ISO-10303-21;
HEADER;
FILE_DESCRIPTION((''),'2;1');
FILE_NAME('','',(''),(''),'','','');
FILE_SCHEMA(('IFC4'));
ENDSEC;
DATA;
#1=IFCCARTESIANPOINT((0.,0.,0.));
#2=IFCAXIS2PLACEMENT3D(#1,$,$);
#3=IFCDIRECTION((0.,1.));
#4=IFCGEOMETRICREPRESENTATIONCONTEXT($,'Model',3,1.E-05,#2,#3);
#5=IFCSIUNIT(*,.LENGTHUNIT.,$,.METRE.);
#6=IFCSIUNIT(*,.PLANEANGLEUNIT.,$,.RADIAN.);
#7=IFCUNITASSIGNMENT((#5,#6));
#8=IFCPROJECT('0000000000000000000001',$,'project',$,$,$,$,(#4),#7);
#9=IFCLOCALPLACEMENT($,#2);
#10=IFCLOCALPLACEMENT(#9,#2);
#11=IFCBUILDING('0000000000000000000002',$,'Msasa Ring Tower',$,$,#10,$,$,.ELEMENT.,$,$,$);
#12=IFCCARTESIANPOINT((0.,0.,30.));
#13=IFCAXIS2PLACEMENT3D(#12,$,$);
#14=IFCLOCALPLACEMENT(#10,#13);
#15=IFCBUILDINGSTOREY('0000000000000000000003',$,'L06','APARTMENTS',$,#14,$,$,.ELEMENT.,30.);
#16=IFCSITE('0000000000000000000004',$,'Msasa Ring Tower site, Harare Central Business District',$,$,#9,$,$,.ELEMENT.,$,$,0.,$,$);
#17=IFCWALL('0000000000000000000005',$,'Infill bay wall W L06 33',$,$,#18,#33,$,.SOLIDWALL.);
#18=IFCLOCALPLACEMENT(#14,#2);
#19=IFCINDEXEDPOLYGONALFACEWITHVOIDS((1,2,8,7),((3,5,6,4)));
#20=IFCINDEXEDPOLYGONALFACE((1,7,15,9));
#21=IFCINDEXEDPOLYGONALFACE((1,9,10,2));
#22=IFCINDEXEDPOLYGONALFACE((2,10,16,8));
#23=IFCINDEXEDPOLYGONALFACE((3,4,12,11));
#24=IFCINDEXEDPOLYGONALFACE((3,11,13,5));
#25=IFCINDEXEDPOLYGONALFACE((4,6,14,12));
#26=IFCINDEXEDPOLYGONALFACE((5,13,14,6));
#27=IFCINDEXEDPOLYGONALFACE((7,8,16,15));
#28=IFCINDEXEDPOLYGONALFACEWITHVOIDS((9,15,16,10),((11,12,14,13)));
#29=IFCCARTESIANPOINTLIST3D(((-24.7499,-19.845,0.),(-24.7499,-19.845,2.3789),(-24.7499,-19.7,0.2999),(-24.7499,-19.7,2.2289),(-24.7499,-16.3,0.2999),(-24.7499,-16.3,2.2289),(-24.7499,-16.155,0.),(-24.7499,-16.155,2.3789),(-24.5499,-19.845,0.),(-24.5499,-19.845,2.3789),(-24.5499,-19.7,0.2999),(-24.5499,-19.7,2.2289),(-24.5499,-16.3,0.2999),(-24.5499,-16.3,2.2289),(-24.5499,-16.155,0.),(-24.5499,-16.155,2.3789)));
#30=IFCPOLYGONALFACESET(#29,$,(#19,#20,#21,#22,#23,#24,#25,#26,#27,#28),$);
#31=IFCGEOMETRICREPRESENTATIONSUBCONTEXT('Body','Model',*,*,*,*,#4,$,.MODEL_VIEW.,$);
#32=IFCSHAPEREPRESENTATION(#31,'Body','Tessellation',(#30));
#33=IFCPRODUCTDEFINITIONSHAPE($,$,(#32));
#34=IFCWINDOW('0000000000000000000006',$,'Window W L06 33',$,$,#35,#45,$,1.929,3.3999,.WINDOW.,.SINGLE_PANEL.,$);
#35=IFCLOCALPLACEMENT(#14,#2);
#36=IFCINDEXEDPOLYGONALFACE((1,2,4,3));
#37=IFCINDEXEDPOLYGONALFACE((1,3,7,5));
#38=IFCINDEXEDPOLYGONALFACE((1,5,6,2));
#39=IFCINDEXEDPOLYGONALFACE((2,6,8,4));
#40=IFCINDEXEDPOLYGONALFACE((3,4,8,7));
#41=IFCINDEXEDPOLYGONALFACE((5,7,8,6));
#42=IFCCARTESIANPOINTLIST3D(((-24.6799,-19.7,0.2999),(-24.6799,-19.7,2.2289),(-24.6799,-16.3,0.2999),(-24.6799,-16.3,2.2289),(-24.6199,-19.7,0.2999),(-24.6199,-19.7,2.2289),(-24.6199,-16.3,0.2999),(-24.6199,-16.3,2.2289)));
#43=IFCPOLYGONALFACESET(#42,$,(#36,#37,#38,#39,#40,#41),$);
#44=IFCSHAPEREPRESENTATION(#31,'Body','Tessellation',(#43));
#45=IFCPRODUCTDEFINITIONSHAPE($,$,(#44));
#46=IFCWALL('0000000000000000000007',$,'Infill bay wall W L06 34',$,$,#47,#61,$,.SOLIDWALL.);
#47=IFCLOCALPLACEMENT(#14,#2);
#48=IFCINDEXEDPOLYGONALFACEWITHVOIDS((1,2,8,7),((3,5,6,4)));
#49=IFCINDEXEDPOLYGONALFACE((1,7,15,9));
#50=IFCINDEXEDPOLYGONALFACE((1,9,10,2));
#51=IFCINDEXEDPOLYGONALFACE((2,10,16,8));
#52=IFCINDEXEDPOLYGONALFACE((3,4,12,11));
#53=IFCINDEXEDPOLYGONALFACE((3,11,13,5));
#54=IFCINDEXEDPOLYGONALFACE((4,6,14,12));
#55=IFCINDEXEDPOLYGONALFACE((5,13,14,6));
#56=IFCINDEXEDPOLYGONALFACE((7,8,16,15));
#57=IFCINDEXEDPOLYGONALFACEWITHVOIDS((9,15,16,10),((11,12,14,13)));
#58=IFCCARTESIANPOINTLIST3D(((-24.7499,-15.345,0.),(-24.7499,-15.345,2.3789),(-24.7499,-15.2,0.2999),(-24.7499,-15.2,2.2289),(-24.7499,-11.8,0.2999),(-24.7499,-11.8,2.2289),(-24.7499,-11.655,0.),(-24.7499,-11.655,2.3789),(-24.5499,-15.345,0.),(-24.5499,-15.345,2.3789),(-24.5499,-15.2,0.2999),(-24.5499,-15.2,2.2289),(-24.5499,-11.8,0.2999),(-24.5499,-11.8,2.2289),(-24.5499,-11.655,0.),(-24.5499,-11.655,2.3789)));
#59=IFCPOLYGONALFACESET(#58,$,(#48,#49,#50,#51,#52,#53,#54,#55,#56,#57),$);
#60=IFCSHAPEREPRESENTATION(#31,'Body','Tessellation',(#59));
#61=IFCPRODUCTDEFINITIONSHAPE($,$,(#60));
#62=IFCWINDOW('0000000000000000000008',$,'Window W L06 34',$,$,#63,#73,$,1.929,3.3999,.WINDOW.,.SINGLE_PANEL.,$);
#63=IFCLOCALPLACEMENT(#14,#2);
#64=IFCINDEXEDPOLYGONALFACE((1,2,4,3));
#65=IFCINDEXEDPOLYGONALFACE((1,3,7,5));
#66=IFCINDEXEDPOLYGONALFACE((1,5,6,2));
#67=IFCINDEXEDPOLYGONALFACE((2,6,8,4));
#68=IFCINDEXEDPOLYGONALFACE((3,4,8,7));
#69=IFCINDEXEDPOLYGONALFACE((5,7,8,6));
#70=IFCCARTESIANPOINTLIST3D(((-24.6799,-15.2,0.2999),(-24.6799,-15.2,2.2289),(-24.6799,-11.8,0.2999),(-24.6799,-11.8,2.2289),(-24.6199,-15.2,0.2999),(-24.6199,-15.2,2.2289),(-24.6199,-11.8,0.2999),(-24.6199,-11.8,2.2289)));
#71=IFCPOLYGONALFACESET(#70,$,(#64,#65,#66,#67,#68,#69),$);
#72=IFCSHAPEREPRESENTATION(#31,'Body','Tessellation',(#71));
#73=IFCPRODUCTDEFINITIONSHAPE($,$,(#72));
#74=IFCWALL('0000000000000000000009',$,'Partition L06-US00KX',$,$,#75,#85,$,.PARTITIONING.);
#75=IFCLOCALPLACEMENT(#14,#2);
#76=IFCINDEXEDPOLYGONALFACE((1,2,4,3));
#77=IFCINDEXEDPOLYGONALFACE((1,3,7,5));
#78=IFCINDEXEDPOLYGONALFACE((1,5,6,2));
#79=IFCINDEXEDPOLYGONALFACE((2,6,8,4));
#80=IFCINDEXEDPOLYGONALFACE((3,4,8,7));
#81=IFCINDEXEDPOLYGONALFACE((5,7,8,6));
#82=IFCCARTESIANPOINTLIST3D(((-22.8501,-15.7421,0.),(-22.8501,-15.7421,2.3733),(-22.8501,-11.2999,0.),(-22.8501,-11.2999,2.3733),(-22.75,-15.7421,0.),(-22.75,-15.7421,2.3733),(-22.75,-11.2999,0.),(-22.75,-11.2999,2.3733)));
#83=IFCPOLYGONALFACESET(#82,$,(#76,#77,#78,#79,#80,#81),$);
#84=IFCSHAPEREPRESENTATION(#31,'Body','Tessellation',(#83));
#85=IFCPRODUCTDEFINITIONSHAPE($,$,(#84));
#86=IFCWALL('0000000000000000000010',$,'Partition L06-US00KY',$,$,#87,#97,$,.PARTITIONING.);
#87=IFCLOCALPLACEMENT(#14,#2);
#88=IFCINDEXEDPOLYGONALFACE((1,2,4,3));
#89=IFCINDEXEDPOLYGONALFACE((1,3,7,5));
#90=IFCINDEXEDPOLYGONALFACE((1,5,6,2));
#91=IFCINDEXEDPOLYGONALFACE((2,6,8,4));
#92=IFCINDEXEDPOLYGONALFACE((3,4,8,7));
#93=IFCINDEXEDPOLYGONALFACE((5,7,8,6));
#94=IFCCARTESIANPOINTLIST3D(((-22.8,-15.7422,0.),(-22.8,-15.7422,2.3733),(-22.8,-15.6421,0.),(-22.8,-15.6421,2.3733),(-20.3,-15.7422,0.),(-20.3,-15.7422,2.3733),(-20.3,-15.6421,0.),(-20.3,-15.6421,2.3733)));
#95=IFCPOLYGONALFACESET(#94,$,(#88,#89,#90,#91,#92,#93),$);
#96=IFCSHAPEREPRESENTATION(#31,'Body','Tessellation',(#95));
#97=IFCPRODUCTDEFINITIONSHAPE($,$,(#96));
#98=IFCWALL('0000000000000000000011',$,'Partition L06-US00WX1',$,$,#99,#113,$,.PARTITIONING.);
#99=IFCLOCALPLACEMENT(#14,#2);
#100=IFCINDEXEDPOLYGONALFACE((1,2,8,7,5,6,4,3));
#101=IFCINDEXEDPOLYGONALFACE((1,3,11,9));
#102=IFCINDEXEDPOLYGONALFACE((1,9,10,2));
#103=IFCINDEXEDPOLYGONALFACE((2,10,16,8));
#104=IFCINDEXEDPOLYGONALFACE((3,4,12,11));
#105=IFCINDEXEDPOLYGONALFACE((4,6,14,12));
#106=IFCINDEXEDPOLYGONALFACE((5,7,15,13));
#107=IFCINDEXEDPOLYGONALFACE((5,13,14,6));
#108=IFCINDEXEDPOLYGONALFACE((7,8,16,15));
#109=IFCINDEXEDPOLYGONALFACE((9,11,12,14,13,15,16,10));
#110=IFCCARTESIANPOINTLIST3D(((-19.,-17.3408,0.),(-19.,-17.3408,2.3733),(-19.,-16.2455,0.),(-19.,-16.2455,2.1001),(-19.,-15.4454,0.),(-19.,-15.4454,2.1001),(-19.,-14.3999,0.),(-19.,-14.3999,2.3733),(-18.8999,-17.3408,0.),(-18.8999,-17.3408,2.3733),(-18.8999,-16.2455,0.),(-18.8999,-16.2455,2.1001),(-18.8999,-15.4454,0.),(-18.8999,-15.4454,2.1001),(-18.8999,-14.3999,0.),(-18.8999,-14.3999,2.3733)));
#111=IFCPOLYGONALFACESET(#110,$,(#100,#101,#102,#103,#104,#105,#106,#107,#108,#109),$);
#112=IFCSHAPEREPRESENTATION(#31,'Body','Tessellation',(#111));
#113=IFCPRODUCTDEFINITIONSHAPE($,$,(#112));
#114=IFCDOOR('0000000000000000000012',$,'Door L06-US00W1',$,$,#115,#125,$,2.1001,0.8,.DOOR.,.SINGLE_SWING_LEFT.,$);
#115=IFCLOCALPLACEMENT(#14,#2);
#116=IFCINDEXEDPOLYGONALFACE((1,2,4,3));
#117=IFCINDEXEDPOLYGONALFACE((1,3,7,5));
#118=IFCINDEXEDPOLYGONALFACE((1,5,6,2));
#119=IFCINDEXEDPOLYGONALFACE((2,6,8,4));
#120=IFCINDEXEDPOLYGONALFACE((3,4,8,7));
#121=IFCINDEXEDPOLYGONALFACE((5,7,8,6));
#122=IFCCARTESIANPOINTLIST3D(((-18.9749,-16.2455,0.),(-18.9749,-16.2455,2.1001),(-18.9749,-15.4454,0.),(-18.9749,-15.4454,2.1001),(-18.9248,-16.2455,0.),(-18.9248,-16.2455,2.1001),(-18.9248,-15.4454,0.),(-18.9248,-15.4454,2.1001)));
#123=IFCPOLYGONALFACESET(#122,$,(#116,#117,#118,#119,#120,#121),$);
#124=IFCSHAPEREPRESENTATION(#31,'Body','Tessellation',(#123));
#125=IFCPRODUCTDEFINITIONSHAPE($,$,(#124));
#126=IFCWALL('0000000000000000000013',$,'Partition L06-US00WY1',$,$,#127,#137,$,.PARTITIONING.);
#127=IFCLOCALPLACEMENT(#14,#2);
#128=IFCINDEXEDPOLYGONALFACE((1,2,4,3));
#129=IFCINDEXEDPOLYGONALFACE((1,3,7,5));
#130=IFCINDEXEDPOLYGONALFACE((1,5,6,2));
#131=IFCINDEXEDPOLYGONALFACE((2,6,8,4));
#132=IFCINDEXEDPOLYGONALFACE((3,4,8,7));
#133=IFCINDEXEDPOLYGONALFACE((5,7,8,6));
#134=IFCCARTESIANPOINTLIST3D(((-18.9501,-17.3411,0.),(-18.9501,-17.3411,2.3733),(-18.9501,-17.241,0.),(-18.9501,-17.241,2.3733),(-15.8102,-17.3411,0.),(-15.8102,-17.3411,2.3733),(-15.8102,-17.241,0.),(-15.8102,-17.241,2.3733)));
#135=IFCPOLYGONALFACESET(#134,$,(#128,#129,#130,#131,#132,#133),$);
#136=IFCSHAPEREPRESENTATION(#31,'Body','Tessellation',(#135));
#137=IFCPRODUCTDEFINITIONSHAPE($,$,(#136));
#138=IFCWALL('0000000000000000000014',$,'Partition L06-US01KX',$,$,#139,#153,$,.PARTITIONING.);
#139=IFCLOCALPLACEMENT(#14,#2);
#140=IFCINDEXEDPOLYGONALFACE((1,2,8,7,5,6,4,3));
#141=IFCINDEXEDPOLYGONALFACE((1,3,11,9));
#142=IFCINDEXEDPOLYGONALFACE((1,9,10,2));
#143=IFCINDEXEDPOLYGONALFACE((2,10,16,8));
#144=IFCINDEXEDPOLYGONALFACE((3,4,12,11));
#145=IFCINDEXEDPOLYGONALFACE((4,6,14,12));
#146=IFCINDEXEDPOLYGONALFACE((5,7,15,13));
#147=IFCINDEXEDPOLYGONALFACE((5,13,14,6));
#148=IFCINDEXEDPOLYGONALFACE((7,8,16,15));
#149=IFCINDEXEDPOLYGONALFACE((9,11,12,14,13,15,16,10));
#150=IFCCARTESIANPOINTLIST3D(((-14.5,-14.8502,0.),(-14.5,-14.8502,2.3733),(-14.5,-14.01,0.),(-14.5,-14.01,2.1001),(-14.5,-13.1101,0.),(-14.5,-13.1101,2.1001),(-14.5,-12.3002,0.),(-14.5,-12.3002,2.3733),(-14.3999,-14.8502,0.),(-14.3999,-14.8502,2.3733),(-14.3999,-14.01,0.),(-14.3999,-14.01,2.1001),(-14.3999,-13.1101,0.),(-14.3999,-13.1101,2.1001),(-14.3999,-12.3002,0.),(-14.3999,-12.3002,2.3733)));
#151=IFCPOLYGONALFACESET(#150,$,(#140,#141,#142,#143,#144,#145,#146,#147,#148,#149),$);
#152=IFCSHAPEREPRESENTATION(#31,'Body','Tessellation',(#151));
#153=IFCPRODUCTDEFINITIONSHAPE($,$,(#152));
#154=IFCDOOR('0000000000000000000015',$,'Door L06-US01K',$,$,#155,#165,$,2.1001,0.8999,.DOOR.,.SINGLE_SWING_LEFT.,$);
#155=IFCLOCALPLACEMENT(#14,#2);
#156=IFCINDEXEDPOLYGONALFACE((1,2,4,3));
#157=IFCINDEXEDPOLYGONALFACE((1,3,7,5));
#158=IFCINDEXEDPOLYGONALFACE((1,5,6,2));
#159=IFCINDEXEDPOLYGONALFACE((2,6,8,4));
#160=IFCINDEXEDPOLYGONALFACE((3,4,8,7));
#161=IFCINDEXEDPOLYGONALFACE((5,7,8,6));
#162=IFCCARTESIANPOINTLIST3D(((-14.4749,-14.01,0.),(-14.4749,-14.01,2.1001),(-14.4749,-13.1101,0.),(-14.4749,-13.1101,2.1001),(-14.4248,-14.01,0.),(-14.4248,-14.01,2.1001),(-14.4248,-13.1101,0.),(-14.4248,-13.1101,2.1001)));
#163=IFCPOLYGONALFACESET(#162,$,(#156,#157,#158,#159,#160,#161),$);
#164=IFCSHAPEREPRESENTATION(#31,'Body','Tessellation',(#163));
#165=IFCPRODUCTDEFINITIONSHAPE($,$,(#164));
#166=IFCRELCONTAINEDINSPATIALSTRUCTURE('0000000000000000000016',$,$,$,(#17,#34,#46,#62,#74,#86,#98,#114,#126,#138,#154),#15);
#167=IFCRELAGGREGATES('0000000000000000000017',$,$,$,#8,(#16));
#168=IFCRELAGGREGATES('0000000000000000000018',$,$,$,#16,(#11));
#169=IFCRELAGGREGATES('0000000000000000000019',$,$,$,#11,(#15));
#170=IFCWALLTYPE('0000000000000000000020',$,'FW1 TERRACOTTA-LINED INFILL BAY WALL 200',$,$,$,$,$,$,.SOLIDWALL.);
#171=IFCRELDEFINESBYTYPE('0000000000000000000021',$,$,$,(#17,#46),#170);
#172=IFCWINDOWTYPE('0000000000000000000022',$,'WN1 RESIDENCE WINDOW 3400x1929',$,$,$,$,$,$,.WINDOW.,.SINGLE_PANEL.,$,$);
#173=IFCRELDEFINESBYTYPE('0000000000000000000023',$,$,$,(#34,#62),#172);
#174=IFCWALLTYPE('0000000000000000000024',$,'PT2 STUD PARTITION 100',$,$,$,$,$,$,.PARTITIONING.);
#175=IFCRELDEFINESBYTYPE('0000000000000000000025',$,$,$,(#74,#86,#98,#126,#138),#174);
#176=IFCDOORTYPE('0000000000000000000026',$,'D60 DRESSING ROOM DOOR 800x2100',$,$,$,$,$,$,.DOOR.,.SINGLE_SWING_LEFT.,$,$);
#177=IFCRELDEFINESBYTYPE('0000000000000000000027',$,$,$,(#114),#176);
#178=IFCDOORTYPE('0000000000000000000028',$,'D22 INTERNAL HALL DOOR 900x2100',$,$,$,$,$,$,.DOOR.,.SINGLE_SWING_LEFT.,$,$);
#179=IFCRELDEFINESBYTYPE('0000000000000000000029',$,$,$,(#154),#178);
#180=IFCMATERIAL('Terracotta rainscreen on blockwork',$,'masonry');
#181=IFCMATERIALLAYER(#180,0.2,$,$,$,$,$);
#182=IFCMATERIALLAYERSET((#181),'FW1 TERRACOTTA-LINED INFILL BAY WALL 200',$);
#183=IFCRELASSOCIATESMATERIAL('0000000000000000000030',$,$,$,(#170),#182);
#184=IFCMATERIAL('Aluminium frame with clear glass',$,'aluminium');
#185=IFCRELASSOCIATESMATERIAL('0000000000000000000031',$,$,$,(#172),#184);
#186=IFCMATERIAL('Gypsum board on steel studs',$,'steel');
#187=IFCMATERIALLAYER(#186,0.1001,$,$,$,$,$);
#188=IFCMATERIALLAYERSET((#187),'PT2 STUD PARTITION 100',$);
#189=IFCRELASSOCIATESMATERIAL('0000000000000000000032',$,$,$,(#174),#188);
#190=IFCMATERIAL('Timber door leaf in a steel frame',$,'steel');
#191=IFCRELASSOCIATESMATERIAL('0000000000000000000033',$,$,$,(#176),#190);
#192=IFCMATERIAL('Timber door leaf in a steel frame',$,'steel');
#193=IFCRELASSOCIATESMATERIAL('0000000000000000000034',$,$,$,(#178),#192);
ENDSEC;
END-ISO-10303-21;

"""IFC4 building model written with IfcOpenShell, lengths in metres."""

from ifc_helpers import new_model, si_unit, direction, frame, frame_2d, origin, place, context, subcontext, project, spatial, rectangle, extrude, material, layer, layer_set, type_object, element, fill, save


model = new_model("IFC4")

# Units and contexts
model_context = context("Model", 3, precision=1e-05, world=origin(), true_north=direction((0.0, 1.0)))
body_context = subcontext(model_context, "Body", "Model", "MODEL_VIEW")
ifc_project = project(units=[si_unit("LENGTHUNIT", "METRE"), si_unit("PLANEANGLEUNIT", "RADIAN")], contexts=[model_context])

# Site, building, storey
site_placement = place(None, origin())
site = spatial("IfcSite", under=ifc_project, at=site_placement, Name="Msasa Ring Tower site, Harare Central Business District", CompositionType="ELEMENT", RefElevation=0.0)
building_placement = place(site_placement, origin())
building = spatial("IfcBuilding", under=site, at=building_placement, Name="Msasa Ring Tower", CompositionType="ELEMENT")
storey_placement = place(building_placement, frame((0.0, 0.0, 30.0)))
storey = spatial("IfcBuildingStorey", under=building, at=storey_placement, Name="L06", Description="APARTMENTS", CompositionType="ELEMENT", Elevation=30.0)

# Walls, openings, windows
ifc_material_1 = material(Name="Terracotta rainscreen on blockwork", Category="masonry")
ifc_layer_1 = layer(ifc_material_1, 0.2)
ifc_layer_set_1 = layer_set([ifc_layer_1], Name="FW1 TERRACOTTA-LINED INFILL BAY WALL 200")
wall_type_1 = type_object("IfcWallType", Name="FW1 TERRACOTTA-LINED INFILL BAY WALL 200", PredefinedType="SOLIDWALL", material=ifc_layer_set_1)
wall_1_placement = place(storey_placement, frame((-24.6499, -19.845, 0.0), z_axis=(0.0, 0.0, 1.0), x_axis=(0.0, 1.0, 0.0)))
wall_1 = element("IfcWall", 1, at=wall_1_placement, inside=storey, type_object=wall_type_1, Name="Infill bay wall W L06 33", PredefinedType="SOLIDWALL", context=body_context, shape_type="SweptSolid", body=[
    extrude(rectangle(XDim=3.6899, YDim=0.2, at=frame_2d((1.845, 0.0))), origin(), (0.0, 0.0, 1.0), 2.3789),
])
opening_1_placement = place(wall_1_placement, frame((0.145, 0.0, 0.3)))
opening_1 = element("IfcOpeningElement", 2, at=opening_1_placement, cuts=wall_1, PredefinedType="OPENING", context=body_context, shape_type="SweptSolid", body=[
    extrude(rectangle(XDim=3.3999, YDim=1.929, at=frame_2d((1.7, 0.9644))), frame((0.0, 0.1099, 0.0), z_axis=(0.0, -1.0, 0.0), x_axis=(1.0, 0.0, 0.0)), (0.0, 0.0, 1.0), 0.22),
])
ifc_material_2 = material(Name="Aluminium frame with clear glass", Category="aluminium")
window_type = type_object("IfcWindowType", Name="WN1 RESIDENCE WINDOW 3400x1929", PartitioningType="SINGLE_PANEL", PredefinedType="WINDOW", material=ifc_material_2)
window_1_placement = place(opening_1_placement, origin())
window_1 = element("IfcWindow", 3, at=window_1_placement, inside=storey, type_object=window_type, Name="Window W L06 33", OverallHeight=1.929, OverallWidth=3.3999, PartitioningType="SINGLE_PANEL", PredefinedType="WINDOW", context=body_context, shape_type="SweptSolid", body=[
    extrude(rectangle(XDim=3.3999, YDim=1.929, at=frame_2d((1.7, 0.9644))), frame((0.0, 0.03, 0.0), z_axis=(0.0, -1.0, 0.0), x_axis=(1.0, 0.0, 0.0)), (0.0, 0.0, 1.0), 0.0601),
])
fill(opening_1, window_1)
wall_2_placement = place(storey_placement, frame((-24.6499, -15.345, 0.0), z_axis=(0.0, 0.0, 1.0), x_axis=(0.0, 1.0, 0.0)))
wall_2 = element("IfcWall", 4, at=wall_2_placement, inside=storey, type_object=wall_type_1, Name="Infill bay wall W L06 34", PredefinedType="SOLIDWALL", context=body_context, shape_type="SweptSolid", body=[
    extrude(rectangle(XDim=3.6899, YDim=0.2, at=frame_2d((1.845, 0.0))), origin(), (0.0, 0.0, 1.0), 2.3789),
])
opening_2_placement = place(wall_2_placement, frame((0.145, 0.0, 0.3)))
opening_2 = element("IfcOpeningElement", 5, at=opening_2_placement, cuts=wall_2, PredefinedType="OPENING", context=body_context, shape_type="SweptSolid", body=[
    extrude(rectangle(XDim=3.3999, YDim=1.929, at=frame_2d((1.7, 0.9644))), frame((0.0, 0.1099, 0.0), z_axis=(0.0, -1.0, 0.0), x_axis=(1.0, 0.0, 0.0)), (0.0, 0.0, 1.0), 0.22),
])
window_2_placement = place(opening_2_placement, origin())
window_2 = element("IfcWindow", 6, at=window_2_placement, inside=storey, type_object=window_type, Name="Window W L06 34", OverallHeight=1.929, OverallWidth=3.3999, PartitioningType="SINGLE_PANEL", PredefinedType="WINDOW", context=body_context, shape_type="SweptSolid", body=[
    extrude(rectangle(XDim=3.3999, YDim=1.929, at=frame_2d((1.7, 0.9644))), frame((0.0, 0.03, 0.0), z_axis=(0.0, -1.0, 0.0), x_axis=(1.0, 0.0, 0.0)), (0.0, 0.0, 1.0), 0.0601),
])
fill(opening_2, window_2)

# Walls
ifc_material_3 = material(Name="Gypsum board on steel studs", Category="steel")
ifc_layer_2 = layer(ifc_material_3, 0.1001)
ifc_layer_set_2 = layer_set([ifc_layer_2], Name="PT2 STUD PARTITION 100")
wall_type_2 = type_object("IfcWallType", Name="PT2 STUD PARTITION 100", PredefinedType="PARTITIONING", material=ifc_layer_set_2)
wall_3_placement = place(storey_placement, frame((-22.8, -15.7422, 0.0), z_axis=(0.0, 0.0, 1.0), x_axis=(0.0, 1.0, 0.0)))
element("IfcWall", 7, at=wall_3_placement, inside=storey, type_object=wall_type_2, Name="Partition L06-US00KX", PredefinedType="PARTITIONING", context=body_context, shape_type="SweptSolid", body=[
    extrude(rectangle(XDim=4.4421, YDim=0.1001, at=frame_2d((2.2212, 0.0))), origin(), (0.0, 0.0, 1.0), 2.3733),
])
wall_4_placement = place(storey_placement, frame((-22.8, -15.6921, 0.0), z_axis=(0.0, 0.0, 1.0), x_axis=(1.0, 0.0, 0.0)))
element("IfcWall", 8, at=wall_4_placement, inside=storey, type_object=wall_type_2, Name="Partition L06-US00KY", PredefinedType="PARTITIONING", context=body_context, shape_type="SweptSolid", body=[
    extrude(rectangle(XDim=2.5, YDim=0.1001, at=frame_2d((1.25, 0.0))), origin(), (0.0, 0.0, 1.0), 2.3733),
])

# Wall, opening, door
wall_5_placement = place(storey_placement, frame((-18.95, -17.3408, 0.0), z_axis=(0.0, 0.0, 1.0), x_axis=(0.0, 1.0, 0.0)))
wall_5 = element("IfcWall", 9, at=wall_5_placement, inside=storey, type_object=wall_type_2, Name="Partition L06-US00WX1", PredefinedType="PARTITIONING", context=body_context, shape_type="SweptSolid", body=[
    extrude(rectangle(XDim=2.9409, YDim=0.1001, at=frame_2d((1.4705, 0.0))), origin(), (0.0, 0.0, 1.0), 2.3733),
])
opening_3_placement = place(wall_5_placement, frame((1.0955, 0.0, 0.0)))
opening_3 = element("IfcOpeningElement", 10, at=opening_3_placement, cuts=wall_5, PredefinedType="OPENING", context=body_context, shape_type="SweptSolid", body=[
    extrude(rectangle(XDim=0.8, YDim=2.1001, at=frame_2d((0.3999, 1.05))), frame((0.0, 0.0601, 0.0), z_axis=(0.0, -1.0, 0.0), x_axis=(1.0, 0.0, 0.0)), (0.0, 0.0, 1.0), 0.1201),
])
ifc_material_4 = material(Name="Timber door leaf in a steel frame", Category="steel")
door_type_1 = type_object("IfcDoorType", Name="D60 DRESSING ROOM DOOR 800x2100", OperationType="SINGLE_SWING_LEFT", PredefinedType="DOOR", material=ifc_material_4)
door_1_placement = place(opening_3_placement, origin())
door_1 = element("IfcDoor", 11, at=door_1_placement, inside=storey, type_object=door_type_1, Name="Door L06-US00W1", OperationType="SINGLE_SWING_LEFT", OverallHeight=2.1001, OverallWidth=0.8, PredefinedType="DOOR", context=body_context, shape_type="SweptSolid", body=[
    extrude(rectangle(XDim=0.8, YDim=2.1001, at=frame_2d((0.3999, 1.05))), frame((0.0, 0.0249, 0.0), z_axis=(0.0, -1.0, 0.0), x_axis=(1.0, 0.0, 0.0)), (0.0, 0.0, 1.0), 0.05),
])
fill(opening_3, door_1)

# Wall
wall_6_placement = place(storey_placement, frame((-18.95, -17.291, 0.0), z_axis=(0.0, 0.0, 1.0), x_axis=(1.0, 0.0, 0.0)))
element("IfcWall", 12, at=wall_6_placement, inside=storey, type_object=wall_type_2, Name="Partition L06-US00WY1", PredefinedType="PARTITIONING", context=body_context, shape_type="SweptSolid", body=[
    extrude(rectangle(XDim=3.1399, YDim=0.1001, at=frame_2d((1.5698, 0.0))), origin(), (0.0, 0.0, 1.0), 2.3733),
])

# Wall, opening, door
wall_7_placement = place(storey_placement, frame((-14.45, -14.8501, 0.0), z_axis=(0.0, 0.0, 1.0), x_axis=(0.0, 1.0, 0.0)))
wall_7 = element("IfcWall", 13, at=wall_7_placement, inside=storey, type_object=wall_type_2, Name="Partition L06-US01KX", PredefinedType="PARTITIONING", context=body_context, shape_type="SweptSolid", body=[
    extrude(rectangle(XDim=2.55, YDim=0.1001, at=frame_2d((1.2749, 0.0))), origin(), (0.0, 0.0, 1.0), 2.3733),
])
opening_4_placement = place(wall_7_placement, frame((0.8401, 0.0, 0.0)))
opening_4 = element("IfcOpeningElement", 14, at=opening_4_placement, cuts=wall_7, PredefinedType="OPENING", context=body_context, shape_type="SweptSolid", body=[
    extrude(rectangle(XDim=0.8999, YDim=2.1001, at=frame_2d((0.45, 1.05))), frame((0.0, 0.0601, 0.0), z_axis=(0.0, -1.0, 0.0), x_axis=(1.0, 0.0, 0.0)), (0.0, 0.0, 1.0), 0.1201),
])
ifc_material_5 = material(Name="Timber door leaf in a steel frame", Category="steel")
door_type_2 = type_object("IfcDoorType", Name="D22 INTERNAL HALL DOOR 900x2100", OperationType="SINGLE_SWING_LEFT", PredefinedType="DOOR", material=ifc_material_5)
door_2_placement = place(opening_4_placement, origin())
door_2 = element("IfcDoor", 15, at=door_2_placement, inside=storey, type_object=door_type_2, Name="Door L06-US01K", OperationType="SINGLE_SWING_LEFT", OverallHeight=2.1001, OverallWidth=0.8999, PredefinedType="DOOR", context=body_context, shape_type="SweptSolid", body=[
    extrude(rectangle(XDim=0.8999, YDim=2.1001, at=frame_2d((0.45, 1.05))), frame((0.0, 0.0249, 0.0), z_axis=(0.0, -1.0, 0.0), x_axis=(1.0, 0.0, 0.0)), (0.0, 0.0, 1.0), 0.05),
])
fill(opening_4, door_2)

save(model, "model.ifc")
